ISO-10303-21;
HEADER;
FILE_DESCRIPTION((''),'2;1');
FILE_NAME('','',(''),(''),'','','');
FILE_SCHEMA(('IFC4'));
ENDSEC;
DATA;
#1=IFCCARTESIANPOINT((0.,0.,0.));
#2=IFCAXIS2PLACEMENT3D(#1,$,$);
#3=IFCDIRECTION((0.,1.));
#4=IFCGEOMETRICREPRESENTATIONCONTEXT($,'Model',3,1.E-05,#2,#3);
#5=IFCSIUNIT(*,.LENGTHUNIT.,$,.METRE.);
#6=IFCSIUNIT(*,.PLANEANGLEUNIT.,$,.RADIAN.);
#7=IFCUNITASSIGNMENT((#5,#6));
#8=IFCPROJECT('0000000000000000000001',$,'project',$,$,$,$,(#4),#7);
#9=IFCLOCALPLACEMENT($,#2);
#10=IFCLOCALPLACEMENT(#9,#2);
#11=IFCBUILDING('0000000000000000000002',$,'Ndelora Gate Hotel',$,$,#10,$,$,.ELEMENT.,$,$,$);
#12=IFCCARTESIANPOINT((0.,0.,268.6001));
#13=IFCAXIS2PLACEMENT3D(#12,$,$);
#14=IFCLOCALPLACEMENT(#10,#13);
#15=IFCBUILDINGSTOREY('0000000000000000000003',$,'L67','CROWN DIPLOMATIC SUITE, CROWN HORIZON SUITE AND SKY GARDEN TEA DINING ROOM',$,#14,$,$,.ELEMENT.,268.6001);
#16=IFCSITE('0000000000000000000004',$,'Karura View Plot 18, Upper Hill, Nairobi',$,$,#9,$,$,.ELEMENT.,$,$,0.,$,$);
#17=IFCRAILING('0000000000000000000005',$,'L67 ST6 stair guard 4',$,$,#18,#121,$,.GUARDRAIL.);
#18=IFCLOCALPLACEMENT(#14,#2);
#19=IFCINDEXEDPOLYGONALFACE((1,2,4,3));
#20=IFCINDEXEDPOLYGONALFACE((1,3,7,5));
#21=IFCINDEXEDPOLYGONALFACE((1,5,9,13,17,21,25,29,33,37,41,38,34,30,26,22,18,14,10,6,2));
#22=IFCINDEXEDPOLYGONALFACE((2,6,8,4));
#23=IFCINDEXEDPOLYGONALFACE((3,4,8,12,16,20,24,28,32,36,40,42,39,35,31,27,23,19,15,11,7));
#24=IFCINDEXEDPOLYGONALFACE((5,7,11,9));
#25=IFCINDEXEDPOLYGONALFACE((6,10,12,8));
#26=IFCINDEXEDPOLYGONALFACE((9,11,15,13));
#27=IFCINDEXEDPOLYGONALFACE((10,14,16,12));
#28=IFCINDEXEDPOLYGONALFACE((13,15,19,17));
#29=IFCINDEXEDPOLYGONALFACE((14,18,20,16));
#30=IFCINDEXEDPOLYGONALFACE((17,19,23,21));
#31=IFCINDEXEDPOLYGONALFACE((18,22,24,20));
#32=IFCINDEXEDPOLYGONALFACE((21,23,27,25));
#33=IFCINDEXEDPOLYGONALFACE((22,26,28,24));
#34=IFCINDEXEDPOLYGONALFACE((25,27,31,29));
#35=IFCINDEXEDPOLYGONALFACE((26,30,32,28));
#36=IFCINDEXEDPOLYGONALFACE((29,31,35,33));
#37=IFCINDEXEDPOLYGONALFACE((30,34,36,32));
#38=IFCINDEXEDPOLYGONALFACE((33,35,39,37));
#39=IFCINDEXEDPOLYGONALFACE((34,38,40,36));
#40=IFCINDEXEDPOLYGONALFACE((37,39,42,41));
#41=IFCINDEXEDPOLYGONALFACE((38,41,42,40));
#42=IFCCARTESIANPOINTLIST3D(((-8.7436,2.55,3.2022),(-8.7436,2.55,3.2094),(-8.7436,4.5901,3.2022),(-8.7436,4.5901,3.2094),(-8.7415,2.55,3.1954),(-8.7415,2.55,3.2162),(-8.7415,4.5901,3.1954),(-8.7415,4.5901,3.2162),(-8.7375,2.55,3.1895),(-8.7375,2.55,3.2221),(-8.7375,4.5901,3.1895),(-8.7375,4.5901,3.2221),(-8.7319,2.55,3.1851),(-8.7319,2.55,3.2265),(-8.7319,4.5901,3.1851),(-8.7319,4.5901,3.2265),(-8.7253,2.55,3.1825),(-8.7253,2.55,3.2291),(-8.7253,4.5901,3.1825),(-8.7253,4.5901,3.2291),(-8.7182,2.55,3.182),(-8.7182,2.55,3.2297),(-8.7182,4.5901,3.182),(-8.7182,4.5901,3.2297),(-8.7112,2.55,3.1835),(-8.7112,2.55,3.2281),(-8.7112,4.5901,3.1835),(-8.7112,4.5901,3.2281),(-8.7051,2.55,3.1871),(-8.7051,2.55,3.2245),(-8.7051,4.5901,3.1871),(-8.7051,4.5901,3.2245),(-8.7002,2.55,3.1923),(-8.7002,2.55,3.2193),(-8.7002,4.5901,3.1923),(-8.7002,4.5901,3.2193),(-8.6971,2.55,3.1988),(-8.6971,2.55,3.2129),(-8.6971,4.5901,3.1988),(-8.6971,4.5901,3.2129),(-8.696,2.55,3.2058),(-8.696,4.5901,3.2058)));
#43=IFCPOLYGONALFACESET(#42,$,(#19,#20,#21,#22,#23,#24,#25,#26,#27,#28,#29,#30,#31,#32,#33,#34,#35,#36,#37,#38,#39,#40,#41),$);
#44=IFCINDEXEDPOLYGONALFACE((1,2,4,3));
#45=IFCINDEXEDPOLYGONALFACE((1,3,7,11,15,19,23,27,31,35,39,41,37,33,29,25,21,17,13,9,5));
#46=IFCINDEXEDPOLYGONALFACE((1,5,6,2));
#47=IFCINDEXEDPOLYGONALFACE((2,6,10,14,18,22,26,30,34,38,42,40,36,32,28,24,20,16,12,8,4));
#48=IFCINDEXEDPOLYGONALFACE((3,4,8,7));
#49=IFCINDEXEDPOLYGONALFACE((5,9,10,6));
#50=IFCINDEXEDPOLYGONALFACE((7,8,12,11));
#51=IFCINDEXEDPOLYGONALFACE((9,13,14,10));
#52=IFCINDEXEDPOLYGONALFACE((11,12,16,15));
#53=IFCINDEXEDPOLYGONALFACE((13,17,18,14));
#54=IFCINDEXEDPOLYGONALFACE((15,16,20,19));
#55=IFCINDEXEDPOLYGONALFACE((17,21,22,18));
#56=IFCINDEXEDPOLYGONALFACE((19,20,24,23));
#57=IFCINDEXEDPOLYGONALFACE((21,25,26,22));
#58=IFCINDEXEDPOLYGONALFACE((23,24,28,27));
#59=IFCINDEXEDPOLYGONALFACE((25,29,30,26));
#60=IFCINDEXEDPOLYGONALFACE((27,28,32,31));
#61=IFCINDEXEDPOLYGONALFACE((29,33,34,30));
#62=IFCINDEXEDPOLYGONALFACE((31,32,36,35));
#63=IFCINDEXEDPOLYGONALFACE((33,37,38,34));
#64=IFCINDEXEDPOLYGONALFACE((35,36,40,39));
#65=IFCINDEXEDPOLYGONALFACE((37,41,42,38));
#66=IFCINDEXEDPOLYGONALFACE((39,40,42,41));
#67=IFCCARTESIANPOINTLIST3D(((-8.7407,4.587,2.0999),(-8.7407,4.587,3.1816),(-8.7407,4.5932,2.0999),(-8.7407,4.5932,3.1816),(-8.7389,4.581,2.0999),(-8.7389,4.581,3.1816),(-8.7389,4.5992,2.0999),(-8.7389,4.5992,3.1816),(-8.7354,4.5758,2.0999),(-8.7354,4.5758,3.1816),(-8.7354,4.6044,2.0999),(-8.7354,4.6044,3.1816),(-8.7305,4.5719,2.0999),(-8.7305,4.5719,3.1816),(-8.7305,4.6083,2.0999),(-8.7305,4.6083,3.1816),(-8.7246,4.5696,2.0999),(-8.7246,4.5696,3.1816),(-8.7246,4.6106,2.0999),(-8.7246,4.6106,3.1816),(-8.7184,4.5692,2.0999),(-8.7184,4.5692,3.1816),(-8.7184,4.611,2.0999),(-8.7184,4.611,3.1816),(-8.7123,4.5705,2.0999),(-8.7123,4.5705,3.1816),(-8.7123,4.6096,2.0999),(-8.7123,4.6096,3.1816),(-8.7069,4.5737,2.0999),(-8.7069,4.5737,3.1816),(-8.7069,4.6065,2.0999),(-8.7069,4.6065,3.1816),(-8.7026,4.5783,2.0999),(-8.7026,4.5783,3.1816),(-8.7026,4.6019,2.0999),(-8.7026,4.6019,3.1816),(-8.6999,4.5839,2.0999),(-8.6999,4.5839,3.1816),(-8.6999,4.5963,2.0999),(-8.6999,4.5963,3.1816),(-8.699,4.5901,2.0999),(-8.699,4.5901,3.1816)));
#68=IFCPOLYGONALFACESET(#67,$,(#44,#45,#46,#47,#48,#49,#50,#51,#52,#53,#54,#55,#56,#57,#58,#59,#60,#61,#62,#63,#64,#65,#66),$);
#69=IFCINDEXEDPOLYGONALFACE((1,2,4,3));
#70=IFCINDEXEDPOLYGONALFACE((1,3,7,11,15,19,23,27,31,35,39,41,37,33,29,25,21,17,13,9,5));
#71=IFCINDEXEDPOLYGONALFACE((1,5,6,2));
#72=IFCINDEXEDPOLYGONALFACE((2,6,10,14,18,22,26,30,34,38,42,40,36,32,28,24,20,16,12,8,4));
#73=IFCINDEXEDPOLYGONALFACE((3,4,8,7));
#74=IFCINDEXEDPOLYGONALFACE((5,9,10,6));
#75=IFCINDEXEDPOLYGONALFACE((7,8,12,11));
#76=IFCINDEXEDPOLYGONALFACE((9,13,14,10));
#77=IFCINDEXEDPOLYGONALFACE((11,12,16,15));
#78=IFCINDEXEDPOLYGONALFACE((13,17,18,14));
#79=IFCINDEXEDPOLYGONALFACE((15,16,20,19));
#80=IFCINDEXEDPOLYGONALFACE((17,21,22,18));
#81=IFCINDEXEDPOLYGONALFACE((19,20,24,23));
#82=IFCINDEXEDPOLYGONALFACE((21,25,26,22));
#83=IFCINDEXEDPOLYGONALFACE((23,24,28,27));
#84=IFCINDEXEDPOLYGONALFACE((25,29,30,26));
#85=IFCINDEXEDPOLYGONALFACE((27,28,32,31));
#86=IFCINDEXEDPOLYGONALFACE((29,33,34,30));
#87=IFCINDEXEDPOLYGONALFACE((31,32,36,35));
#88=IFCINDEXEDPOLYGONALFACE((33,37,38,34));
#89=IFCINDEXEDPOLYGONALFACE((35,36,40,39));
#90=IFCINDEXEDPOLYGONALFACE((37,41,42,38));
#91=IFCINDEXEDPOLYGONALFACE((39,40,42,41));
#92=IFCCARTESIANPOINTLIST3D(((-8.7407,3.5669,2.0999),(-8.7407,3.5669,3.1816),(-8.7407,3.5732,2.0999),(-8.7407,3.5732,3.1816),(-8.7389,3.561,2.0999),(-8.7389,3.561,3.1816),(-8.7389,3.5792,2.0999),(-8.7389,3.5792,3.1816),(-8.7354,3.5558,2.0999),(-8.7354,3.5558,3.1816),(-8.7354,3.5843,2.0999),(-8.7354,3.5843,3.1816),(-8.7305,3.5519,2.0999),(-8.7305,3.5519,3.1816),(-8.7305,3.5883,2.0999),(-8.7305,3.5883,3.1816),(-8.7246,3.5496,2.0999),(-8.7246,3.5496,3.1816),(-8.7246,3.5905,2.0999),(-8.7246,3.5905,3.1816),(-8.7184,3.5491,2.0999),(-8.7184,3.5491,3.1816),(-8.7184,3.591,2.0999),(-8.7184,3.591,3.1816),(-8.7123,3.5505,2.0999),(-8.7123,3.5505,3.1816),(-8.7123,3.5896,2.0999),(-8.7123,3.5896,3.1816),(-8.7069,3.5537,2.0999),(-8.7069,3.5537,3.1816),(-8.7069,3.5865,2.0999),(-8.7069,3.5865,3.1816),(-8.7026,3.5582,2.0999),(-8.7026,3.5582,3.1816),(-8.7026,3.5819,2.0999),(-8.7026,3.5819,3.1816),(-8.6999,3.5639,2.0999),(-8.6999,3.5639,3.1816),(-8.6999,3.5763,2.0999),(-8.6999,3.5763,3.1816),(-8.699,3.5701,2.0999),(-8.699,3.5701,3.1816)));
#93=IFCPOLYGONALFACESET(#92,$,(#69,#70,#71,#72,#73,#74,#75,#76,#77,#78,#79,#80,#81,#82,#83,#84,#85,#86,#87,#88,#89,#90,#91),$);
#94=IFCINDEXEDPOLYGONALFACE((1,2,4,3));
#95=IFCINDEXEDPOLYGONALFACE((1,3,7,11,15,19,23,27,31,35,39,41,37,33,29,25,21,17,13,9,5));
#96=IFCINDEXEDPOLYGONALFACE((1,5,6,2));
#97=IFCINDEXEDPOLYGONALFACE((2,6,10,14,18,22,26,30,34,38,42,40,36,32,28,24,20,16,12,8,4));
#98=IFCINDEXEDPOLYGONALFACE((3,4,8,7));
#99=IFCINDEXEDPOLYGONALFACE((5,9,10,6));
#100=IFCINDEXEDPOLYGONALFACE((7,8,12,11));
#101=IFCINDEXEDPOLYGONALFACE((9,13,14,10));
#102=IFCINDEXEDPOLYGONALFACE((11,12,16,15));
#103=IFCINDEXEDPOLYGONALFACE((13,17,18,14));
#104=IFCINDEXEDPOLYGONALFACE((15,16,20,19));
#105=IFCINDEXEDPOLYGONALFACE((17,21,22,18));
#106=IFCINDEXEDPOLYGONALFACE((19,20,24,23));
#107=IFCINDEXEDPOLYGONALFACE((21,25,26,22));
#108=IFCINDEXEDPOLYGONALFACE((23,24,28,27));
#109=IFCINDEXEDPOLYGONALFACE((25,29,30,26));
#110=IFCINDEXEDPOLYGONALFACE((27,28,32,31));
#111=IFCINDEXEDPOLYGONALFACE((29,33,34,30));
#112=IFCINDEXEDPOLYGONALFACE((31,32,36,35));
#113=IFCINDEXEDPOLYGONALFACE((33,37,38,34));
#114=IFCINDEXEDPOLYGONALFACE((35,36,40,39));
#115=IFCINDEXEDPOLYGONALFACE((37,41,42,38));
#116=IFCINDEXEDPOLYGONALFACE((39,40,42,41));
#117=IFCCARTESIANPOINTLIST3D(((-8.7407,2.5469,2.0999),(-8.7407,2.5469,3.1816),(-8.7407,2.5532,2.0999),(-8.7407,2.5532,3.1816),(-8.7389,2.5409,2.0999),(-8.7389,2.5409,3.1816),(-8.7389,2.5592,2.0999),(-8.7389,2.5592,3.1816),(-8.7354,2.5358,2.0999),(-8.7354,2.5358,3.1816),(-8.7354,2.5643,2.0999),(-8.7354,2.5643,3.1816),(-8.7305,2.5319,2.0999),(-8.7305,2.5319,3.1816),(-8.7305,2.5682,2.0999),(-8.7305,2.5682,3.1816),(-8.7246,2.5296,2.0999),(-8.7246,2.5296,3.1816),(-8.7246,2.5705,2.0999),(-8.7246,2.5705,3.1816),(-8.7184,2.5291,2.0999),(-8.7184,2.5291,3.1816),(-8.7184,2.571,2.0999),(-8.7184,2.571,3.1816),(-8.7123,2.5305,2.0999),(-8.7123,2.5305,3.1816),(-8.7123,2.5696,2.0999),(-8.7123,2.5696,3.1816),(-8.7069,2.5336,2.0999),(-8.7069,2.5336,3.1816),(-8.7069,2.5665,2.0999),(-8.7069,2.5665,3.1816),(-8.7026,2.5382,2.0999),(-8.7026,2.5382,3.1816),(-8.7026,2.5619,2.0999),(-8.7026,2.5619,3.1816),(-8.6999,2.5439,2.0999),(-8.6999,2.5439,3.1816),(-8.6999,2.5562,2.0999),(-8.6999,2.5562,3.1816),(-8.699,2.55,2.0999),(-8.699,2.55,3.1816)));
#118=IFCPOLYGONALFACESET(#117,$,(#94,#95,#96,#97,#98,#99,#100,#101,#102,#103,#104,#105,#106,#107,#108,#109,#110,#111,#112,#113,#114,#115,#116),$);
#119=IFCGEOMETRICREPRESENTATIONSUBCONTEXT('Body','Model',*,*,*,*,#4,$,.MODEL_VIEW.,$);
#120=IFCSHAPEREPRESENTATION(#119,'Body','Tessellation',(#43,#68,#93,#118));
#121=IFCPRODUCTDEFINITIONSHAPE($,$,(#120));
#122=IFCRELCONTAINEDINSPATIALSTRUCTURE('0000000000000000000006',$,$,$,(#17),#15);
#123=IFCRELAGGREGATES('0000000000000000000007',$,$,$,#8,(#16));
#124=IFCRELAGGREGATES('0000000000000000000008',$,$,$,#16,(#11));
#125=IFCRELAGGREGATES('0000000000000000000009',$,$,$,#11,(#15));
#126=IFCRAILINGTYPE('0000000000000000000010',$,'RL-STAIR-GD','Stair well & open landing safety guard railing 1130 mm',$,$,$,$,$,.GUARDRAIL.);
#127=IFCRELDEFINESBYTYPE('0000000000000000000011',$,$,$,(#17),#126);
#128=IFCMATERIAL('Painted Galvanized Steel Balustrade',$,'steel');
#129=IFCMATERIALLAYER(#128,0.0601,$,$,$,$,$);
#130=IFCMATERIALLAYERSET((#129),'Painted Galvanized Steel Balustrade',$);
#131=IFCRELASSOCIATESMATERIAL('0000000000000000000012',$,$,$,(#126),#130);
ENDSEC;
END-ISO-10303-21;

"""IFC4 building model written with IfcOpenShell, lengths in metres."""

from ifc_helpers import new_model, si_unit, direction, frame, origin, origin_2d, place, context, subcontext, project, spatial, circle, extrude, material, layer, layer_set, type_object, element, save


model = new_model("IFC4")

# Units and contexts
model_context = context("Model", 3, precision=1e-05, world=origin(), true_north=direction((0.0, 1.0)))
body_context = subcontext(model_context, "Body", "Model", "MODEL_VIEW")
ifc_project = project(units=[si_unit("LENGTHUNIT", "METRE"), si_unit("PLANEANGLEUNIT", "RADIAN")], contexts=[model_context])

# Site, building, storey
site_placement = place(None, origin())
site = spatial("IfcSite", under=ifc_project, at=site_placement, Name="Karura View Plot 18, Upper Hill, Nairobi", CompositionType="ELEMENT", RefElevation=0.0)
building_placement = place(site_placement, origin())
building = spatial("IfcBuilding", under=site, at=building_placement, Name="Ndelora Gate Hotel", CompositionType="ELEMENT")
storey_placement = place(building_placement, frame((0.0, 0.0, 268.6001)))
storey = spatial("IfcBuildingStorey", under=building, at=storey_placement, Name="L67", Description="CROWN DIPLOMATIC SUITE, CROWN HORIZON SUITE AND SKY GARDEN TEA DINING ROOM", CompositionType="ELEMENT", Elevation=268.6001)

# Railing
ifc_material_1 = material(Name="Painted Galvanized Steel Balustrade", Category="steel")
ifc_layer_1 = layer(ifc_material_1, 0.0601)
ifc_layer_set_1 = layer_set([ifc_layer_1], Name="Painted Galvanized Steel Balustrade")
railing_type_1 = type_object("IfcRailingType", Name="RL-STAIR-GD", Description="Stair well & open landing safety guard railing 1130 mm", PredefinedType="GUARDRAIL", material=ifc_layer_set_1)
railing_1_placement = place(storey_placement, frame((-8.72, 4.5901, 2.0999)))
element("IfcRailing", 1, at=railing_1_placement, inside=storey, type_object=railing_type_1, Name="L67 ST6 stair guard 4", PredefinedType="GUARDRAIL", context=body_context, shape_type="SweptSolid", body=[
    extrude(circle(Radius=0.0239, at=origin_2d()), frame((0.0, 0.0, 1.106), z_axis=(0.0, -1.0, 0.0), x_axis=(1.0, 0.0, 0.0)), (0.0, 0.0, 1.0), 2.04),
    extrude(circle(Radius=0.021, at=origin_2d()), origin(), (0.0, 0.0, 1.0), 1.0818),
    extrude(circle(Radius=0.021, at=origin_2d()), frame((0.0, -1.02, 0.0)), (0.0, 0.0, 1.0), 1.0818),
    extrude(circle(Radius=0.021, at=origin_2d()), frame((0.0, -2.04, 0.0)), (0.0, 0.0, 1.0), 1.0818),
])

save(model, "model.ifc")
